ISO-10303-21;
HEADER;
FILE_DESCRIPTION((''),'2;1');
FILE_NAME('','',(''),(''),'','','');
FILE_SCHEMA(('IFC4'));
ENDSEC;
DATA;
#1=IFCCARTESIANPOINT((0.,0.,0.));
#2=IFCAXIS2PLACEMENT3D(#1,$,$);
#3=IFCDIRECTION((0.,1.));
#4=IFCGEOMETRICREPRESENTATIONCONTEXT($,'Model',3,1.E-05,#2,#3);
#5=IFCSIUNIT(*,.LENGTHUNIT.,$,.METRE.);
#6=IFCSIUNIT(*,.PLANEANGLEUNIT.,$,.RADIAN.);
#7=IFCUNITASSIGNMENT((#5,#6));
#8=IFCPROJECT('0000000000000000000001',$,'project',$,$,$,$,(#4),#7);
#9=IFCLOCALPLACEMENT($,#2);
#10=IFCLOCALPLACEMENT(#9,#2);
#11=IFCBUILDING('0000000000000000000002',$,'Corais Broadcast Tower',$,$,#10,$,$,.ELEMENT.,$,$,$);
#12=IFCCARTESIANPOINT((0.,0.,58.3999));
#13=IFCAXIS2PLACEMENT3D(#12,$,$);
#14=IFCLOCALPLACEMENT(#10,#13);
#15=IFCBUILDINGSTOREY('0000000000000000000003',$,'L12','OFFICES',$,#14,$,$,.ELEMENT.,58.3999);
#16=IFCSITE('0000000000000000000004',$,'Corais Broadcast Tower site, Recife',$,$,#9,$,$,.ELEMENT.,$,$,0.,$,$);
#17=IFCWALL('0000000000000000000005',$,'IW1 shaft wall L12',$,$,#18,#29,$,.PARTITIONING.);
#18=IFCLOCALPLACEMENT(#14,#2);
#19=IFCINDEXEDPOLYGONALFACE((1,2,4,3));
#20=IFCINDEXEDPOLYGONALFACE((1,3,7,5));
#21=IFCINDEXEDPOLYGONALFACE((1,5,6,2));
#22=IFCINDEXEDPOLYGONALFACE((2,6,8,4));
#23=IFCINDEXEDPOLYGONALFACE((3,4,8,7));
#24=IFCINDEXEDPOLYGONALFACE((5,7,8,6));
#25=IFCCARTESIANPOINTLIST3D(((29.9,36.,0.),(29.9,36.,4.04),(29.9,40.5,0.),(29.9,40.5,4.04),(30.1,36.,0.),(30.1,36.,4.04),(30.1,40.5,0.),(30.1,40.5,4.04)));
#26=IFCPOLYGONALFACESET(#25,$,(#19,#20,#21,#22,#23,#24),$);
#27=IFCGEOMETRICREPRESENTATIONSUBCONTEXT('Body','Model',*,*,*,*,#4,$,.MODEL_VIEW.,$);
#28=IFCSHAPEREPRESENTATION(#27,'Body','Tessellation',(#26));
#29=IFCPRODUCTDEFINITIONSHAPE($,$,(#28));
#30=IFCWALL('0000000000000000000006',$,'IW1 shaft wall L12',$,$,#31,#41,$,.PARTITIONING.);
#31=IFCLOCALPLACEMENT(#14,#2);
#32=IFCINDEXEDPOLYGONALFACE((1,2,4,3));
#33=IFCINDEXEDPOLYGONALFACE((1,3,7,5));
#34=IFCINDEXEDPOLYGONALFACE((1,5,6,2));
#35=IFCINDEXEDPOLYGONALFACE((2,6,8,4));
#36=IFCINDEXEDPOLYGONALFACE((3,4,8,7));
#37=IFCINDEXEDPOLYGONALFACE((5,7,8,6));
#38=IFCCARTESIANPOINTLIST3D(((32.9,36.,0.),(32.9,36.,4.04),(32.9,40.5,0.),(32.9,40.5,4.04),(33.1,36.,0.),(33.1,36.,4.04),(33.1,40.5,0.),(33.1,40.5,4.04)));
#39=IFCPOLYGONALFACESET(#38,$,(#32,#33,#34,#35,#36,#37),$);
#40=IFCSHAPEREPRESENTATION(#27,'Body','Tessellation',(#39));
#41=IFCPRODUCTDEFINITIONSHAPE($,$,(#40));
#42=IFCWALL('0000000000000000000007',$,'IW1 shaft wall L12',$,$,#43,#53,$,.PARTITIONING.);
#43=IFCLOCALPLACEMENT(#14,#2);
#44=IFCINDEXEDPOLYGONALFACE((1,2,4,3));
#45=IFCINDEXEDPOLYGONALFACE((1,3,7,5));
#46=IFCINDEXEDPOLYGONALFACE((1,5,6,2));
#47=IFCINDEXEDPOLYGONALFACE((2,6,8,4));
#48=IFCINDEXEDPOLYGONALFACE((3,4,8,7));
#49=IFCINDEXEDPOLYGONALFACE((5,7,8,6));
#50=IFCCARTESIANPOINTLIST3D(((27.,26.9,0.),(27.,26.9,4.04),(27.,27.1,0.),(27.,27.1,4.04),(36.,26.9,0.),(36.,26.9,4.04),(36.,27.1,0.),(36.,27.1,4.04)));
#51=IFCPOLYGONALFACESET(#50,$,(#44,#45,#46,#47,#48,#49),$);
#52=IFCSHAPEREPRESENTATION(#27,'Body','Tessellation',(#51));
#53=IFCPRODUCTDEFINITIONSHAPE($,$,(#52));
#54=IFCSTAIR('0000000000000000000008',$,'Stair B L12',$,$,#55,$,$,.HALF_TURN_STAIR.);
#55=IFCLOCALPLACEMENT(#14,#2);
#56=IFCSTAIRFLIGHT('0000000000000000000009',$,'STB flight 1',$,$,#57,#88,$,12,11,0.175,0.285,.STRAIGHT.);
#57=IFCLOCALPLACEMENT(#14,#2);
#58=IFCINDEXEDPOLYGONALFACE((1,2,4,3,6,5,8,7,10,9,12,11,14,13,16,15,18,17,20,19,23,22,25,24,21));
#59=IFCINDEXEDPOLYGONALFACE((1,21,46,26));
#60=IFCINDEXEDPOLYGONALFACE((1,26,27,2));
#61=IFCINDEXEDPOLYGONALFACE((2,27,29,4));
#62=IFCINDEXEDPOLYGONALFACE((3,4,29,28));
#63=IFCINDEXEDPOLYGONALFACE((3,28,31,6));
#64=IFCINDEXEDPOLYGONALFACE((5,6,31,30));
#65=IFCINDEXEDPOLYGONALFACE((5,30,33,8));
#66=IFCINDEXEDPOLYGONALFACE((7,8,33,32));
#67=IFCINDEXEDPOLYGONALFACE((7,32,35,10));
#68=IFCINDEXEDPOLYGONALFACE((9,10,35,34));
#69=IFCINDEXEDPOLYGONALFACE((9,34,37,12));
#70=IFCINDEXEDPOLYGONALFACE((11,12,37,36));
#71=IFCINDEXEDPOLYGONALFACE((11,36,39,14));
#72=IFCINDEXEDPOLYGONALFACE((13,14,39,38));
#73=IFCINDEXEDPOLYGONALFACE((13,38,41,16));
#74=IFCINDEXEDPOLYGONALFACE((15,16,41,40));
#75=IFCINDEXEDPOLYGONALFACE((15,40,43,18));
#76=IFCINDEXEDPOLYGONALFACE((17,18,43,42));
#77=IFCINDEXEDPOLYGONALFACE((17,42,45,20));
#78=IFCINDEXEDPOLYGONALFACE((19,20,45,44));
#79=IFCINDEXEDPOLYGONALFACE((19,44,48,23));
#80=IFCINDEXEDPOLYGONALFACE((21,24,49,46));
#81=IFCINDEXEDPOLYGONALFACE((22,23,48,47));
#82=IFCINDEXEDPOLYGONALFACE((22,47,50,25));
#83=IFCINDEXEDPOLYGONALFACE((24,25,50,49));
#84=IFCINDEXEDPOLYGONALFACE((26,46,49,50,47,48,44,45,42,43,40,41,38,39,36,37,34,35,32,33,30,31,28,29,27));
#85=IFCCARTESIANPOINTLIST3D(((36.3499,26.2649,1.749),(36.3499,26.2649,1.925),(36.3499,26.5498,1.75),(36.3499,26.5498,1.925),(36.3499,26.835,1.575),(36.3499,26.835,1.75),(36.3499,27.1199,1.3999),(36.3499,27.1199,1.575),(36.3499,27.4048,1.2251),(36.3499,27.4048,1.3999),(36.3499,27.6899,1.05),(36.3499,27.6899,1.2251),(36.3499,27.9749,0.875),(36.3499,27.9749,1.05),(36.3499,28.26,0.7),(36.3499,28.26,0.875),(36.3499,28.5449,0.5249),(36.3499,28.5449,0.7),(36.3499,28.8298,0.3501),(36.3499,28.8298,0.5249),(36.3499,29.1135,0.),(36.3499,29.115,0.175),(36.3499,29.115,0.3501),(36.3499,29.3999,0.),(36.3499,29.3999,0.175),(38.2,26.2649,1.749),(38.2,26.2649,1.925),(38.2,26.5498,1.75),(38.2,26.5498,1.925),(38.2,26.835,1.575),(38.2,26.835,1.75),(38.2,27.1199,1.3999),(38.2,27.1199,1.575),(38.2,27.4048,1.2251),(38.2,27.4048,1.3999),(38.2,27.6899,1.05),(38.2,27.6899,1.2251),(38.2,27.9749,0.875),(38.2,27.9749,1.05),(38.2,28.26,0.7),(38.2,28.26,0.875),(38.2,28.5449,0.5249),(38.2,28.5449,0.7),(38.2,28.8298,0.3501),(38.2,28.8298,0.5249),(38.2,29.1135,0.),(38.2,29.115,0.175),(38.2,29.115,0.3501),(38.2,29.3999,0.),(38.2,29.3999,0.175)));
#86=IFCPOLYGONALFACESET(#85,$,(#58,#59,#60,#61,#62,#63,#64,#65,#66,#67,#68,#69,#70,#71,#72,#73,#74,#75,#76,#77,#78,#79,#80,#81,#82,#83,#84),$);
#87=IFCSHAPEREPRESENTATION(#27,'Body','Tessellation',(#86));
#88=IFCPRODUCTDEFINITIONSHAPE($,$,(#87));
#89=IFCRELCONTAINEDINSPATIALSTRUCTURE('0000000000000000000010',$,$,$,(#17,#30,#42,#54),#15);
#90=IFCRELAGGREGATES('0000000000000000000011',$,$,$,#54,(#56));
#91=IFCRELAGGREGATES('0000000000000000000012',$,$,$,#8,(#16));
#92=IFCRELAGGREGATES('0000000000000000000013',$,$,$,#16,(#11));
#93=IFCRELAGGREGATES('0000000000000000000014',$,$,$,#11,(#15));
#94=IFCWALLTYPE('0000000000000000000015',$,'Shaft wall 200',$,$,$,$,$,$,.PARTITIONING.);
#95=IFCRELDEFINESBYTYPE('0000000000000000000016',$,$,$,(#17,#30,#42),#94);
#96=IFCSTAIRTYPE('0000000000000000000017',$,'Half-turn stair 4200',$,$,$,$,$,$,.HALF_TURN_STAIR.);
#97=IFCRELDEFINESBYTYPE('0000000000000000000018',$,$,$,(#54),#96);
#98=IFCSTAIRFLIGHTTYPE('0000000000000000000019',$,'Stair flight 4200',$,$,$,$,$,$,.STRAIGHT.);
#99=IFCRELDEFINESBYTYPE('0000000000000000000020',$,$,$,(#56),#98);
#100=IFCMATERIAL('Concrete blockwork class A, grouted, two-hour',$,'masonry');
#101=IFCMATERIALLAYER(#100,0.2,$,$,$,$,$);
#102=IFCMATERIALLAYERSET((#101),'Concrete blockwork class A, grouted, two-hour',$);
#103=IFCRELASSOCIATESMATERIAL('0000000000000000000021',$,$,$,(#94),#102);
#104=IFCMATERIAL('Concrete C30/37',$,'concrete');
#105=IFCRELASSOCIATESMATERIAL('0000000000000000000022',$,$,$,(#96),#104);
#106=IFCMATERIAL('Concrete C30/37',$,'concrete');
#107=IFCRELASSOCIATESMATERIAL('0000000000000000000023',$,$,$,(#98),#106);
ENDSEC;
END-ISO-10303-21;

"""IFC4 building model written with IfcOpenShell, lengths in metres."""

from ifc_helpers import new_model, si_unit, direction, frame, frame_2d, origin, place, context, subcontext, project, spatial, polyline, rectangle, outline, extrude, material, layer, layer_set, type_object, element, aggregate, save


model = new_model("IFC4")

# Units and contexts
model_context = context("Model", 3, precision=1e-05, world=origin(), true_north=direction((0.0, 1.0)))
body_context = subcontext(model_context, "Body", "Model", "MODEL_VIEW")
ifc_project = project(units=[si_unit("LENGTHUNIT", "METRE"), si_unit("PLANEANGLEUNIT", "RADIAN")], contexts=[model_context])

# Site, building, storey
site_placement = place(None, origin())
site = spatial("IfcSite", under=ifc_project, at=site_placement, Name="Corais Broadcast Tower site, Recife", CompositionType="ELEMENT", RefElevation=0.0)
building_placement = place(site_placement, origin())
building = spatial("IfcBuilding", under=site, at=building_placement, Name="Corais Broadcast Tower", CompositionType="ELEMENT")
storey_placement = place(building_placement, frame((0.0, 0.0, 58.3999)))
storey = spatial("IfcBuildingStorey", under=building, at=storey_placement, Name="L12", Description="OFFICES", CompositionType="ELEMENT", Elevation=58.3999)

# Walls
ifc_material_1 = material(Name="Concrete blockwork class A, grouted, two-hour", Category="masonry")
ifc_layer_1 = layer(ifc_material_1, 0.2)
ifc_layer_set_1 = layer_set([ifc_layer_1], Name="Concrete blockwork class A, grouted, two-hour")
wall_type_1 = type_object("IfcWallType", Name="Shaft wall 200", PredefinedType="PARTITIONING", material=ifc_layer_set_1)
for number, where, z_axis, x_axis, name in (
    (1, (30.0, 36.0, 0.0), (0.0, 0.0, 1.0), (0.0, 1.0, 0.0), "IW1 shaft wall L12"),
    (2, (33.0, 36.0, 0.0), (0.0, 0.0, 1.0), (0.0, 1.0, 0.0), "IW1 shaft wall L12"),
):
    element("IfcWall", number, at=place(storey_placement, frame(where, z_axis=z_axis, x_axis=x_axis)), inside=storey, type_object=wall_type_1, Name=name, PredefinedType="PARTITIONING", context=body_context, shape_type="SweptSolid", body=[
        extrude(rectangle(XDim=4.5, YDim=0.2, at=frame_2d((2.25, 0.0))), origin(), (0.0, 0.0, 1.0), 4.04),
    ])
wall_1_placement = place(storey_placement, frame((27.0, 27.0, 0.0), z_axis=(0.0, 0.0, 1.0), x_axis=(1.0, 0.0, 0.0)))
element("IfcWall", 3, at=wall_1_placement, inside=storey, type_object=wall_type_1, Name="IW1 shaft wall L12", PredefinedType="PARTITIONING", context=body_context, shape_type="SweptSolid", body=[
    extrude(rectangle(XDim=9.0, YDim=0.2, at=frame_2d((4.5, 0.0))), origin(), (0.0, 0.0, 1.0), 4.04),
])

# Stair, stair flight
ifc_material_2 = material(Name="Concrete C30/37", Category="concrete")
stair_type = type_object("IfcStairType", Name="Half-turn stair 4200", PredefinedType="HALF_TURN_STAIR", material=ifc_material_2)
stair_placement = place(storey_placement, origin())
stair = element("IfcStair", 4, at=stair_placement, inside=storey, type_object=stair_type, Name="Stair B L12", PredefinedType="HALF_TURN_STAIR")
ifc_material_3 = material(Name="Concrete C30/37", Category="concrete")
stair_flight_type = type_object("IfcStairFlightType", Name="Stair flight 4200", PredefinedType="STRAIGHT", material=ifc_material_3)
stair_flight_placement = place(storey_placement, frame((37.2749, 29.3999, 0.0), z_axis=(0.0, 0.0, 1.0), x_axis=(0.0, -1.0, 0.0)))
stair_flight = element("IfcStairFlight", 5, at=stair_flight_placement, type_object=stair_flight_type, Name="STB flight 1", NumberOfRisers=12, NumberOfTreads=11, PredefinedType="STRAIGHT", RiserHeight=0.175, TreadLength=0.285, context=body_context, shape_type="SweptSolid", body=[
    extrude(outline(polyline([(0.0, 0.0), (0.0, 0.175), (0.2849, 0.175), (0.2849, 0.3501), (0.5701, 0.3501), (0.5701, 0.5249), (0.855, 0.5249), (0.855, 0.7), (1.1399, 0.7), (1.1399, 0.875), (1.425, 0.875), (1.425, 1.05), (1.71, 1.05), (1.71, 1.2251), (1.9951, 1.2251), (1.9951, 1.3999), (2.28, 1.3999), (2.28, 1.575), (2.5649, 1.575), (2.5649, 1.75), (2.8501, 1.75), (2.8501, 1.925), (3.135, 1.925), (3.135, 2.1001), (3.135, 1.749), (0.2864, 0.0), (0.0, 0.0)])), frame((0.0, 0.925, 0.0), z_axis=(0.0, -1.0, 0.0), x_axis=(1.0, 0.0, 0.0)), (0.0, 0.0, 1.0), 1.8501),
])
aggregate(stair, [stair_flight])

save(model, "model.ifc")
